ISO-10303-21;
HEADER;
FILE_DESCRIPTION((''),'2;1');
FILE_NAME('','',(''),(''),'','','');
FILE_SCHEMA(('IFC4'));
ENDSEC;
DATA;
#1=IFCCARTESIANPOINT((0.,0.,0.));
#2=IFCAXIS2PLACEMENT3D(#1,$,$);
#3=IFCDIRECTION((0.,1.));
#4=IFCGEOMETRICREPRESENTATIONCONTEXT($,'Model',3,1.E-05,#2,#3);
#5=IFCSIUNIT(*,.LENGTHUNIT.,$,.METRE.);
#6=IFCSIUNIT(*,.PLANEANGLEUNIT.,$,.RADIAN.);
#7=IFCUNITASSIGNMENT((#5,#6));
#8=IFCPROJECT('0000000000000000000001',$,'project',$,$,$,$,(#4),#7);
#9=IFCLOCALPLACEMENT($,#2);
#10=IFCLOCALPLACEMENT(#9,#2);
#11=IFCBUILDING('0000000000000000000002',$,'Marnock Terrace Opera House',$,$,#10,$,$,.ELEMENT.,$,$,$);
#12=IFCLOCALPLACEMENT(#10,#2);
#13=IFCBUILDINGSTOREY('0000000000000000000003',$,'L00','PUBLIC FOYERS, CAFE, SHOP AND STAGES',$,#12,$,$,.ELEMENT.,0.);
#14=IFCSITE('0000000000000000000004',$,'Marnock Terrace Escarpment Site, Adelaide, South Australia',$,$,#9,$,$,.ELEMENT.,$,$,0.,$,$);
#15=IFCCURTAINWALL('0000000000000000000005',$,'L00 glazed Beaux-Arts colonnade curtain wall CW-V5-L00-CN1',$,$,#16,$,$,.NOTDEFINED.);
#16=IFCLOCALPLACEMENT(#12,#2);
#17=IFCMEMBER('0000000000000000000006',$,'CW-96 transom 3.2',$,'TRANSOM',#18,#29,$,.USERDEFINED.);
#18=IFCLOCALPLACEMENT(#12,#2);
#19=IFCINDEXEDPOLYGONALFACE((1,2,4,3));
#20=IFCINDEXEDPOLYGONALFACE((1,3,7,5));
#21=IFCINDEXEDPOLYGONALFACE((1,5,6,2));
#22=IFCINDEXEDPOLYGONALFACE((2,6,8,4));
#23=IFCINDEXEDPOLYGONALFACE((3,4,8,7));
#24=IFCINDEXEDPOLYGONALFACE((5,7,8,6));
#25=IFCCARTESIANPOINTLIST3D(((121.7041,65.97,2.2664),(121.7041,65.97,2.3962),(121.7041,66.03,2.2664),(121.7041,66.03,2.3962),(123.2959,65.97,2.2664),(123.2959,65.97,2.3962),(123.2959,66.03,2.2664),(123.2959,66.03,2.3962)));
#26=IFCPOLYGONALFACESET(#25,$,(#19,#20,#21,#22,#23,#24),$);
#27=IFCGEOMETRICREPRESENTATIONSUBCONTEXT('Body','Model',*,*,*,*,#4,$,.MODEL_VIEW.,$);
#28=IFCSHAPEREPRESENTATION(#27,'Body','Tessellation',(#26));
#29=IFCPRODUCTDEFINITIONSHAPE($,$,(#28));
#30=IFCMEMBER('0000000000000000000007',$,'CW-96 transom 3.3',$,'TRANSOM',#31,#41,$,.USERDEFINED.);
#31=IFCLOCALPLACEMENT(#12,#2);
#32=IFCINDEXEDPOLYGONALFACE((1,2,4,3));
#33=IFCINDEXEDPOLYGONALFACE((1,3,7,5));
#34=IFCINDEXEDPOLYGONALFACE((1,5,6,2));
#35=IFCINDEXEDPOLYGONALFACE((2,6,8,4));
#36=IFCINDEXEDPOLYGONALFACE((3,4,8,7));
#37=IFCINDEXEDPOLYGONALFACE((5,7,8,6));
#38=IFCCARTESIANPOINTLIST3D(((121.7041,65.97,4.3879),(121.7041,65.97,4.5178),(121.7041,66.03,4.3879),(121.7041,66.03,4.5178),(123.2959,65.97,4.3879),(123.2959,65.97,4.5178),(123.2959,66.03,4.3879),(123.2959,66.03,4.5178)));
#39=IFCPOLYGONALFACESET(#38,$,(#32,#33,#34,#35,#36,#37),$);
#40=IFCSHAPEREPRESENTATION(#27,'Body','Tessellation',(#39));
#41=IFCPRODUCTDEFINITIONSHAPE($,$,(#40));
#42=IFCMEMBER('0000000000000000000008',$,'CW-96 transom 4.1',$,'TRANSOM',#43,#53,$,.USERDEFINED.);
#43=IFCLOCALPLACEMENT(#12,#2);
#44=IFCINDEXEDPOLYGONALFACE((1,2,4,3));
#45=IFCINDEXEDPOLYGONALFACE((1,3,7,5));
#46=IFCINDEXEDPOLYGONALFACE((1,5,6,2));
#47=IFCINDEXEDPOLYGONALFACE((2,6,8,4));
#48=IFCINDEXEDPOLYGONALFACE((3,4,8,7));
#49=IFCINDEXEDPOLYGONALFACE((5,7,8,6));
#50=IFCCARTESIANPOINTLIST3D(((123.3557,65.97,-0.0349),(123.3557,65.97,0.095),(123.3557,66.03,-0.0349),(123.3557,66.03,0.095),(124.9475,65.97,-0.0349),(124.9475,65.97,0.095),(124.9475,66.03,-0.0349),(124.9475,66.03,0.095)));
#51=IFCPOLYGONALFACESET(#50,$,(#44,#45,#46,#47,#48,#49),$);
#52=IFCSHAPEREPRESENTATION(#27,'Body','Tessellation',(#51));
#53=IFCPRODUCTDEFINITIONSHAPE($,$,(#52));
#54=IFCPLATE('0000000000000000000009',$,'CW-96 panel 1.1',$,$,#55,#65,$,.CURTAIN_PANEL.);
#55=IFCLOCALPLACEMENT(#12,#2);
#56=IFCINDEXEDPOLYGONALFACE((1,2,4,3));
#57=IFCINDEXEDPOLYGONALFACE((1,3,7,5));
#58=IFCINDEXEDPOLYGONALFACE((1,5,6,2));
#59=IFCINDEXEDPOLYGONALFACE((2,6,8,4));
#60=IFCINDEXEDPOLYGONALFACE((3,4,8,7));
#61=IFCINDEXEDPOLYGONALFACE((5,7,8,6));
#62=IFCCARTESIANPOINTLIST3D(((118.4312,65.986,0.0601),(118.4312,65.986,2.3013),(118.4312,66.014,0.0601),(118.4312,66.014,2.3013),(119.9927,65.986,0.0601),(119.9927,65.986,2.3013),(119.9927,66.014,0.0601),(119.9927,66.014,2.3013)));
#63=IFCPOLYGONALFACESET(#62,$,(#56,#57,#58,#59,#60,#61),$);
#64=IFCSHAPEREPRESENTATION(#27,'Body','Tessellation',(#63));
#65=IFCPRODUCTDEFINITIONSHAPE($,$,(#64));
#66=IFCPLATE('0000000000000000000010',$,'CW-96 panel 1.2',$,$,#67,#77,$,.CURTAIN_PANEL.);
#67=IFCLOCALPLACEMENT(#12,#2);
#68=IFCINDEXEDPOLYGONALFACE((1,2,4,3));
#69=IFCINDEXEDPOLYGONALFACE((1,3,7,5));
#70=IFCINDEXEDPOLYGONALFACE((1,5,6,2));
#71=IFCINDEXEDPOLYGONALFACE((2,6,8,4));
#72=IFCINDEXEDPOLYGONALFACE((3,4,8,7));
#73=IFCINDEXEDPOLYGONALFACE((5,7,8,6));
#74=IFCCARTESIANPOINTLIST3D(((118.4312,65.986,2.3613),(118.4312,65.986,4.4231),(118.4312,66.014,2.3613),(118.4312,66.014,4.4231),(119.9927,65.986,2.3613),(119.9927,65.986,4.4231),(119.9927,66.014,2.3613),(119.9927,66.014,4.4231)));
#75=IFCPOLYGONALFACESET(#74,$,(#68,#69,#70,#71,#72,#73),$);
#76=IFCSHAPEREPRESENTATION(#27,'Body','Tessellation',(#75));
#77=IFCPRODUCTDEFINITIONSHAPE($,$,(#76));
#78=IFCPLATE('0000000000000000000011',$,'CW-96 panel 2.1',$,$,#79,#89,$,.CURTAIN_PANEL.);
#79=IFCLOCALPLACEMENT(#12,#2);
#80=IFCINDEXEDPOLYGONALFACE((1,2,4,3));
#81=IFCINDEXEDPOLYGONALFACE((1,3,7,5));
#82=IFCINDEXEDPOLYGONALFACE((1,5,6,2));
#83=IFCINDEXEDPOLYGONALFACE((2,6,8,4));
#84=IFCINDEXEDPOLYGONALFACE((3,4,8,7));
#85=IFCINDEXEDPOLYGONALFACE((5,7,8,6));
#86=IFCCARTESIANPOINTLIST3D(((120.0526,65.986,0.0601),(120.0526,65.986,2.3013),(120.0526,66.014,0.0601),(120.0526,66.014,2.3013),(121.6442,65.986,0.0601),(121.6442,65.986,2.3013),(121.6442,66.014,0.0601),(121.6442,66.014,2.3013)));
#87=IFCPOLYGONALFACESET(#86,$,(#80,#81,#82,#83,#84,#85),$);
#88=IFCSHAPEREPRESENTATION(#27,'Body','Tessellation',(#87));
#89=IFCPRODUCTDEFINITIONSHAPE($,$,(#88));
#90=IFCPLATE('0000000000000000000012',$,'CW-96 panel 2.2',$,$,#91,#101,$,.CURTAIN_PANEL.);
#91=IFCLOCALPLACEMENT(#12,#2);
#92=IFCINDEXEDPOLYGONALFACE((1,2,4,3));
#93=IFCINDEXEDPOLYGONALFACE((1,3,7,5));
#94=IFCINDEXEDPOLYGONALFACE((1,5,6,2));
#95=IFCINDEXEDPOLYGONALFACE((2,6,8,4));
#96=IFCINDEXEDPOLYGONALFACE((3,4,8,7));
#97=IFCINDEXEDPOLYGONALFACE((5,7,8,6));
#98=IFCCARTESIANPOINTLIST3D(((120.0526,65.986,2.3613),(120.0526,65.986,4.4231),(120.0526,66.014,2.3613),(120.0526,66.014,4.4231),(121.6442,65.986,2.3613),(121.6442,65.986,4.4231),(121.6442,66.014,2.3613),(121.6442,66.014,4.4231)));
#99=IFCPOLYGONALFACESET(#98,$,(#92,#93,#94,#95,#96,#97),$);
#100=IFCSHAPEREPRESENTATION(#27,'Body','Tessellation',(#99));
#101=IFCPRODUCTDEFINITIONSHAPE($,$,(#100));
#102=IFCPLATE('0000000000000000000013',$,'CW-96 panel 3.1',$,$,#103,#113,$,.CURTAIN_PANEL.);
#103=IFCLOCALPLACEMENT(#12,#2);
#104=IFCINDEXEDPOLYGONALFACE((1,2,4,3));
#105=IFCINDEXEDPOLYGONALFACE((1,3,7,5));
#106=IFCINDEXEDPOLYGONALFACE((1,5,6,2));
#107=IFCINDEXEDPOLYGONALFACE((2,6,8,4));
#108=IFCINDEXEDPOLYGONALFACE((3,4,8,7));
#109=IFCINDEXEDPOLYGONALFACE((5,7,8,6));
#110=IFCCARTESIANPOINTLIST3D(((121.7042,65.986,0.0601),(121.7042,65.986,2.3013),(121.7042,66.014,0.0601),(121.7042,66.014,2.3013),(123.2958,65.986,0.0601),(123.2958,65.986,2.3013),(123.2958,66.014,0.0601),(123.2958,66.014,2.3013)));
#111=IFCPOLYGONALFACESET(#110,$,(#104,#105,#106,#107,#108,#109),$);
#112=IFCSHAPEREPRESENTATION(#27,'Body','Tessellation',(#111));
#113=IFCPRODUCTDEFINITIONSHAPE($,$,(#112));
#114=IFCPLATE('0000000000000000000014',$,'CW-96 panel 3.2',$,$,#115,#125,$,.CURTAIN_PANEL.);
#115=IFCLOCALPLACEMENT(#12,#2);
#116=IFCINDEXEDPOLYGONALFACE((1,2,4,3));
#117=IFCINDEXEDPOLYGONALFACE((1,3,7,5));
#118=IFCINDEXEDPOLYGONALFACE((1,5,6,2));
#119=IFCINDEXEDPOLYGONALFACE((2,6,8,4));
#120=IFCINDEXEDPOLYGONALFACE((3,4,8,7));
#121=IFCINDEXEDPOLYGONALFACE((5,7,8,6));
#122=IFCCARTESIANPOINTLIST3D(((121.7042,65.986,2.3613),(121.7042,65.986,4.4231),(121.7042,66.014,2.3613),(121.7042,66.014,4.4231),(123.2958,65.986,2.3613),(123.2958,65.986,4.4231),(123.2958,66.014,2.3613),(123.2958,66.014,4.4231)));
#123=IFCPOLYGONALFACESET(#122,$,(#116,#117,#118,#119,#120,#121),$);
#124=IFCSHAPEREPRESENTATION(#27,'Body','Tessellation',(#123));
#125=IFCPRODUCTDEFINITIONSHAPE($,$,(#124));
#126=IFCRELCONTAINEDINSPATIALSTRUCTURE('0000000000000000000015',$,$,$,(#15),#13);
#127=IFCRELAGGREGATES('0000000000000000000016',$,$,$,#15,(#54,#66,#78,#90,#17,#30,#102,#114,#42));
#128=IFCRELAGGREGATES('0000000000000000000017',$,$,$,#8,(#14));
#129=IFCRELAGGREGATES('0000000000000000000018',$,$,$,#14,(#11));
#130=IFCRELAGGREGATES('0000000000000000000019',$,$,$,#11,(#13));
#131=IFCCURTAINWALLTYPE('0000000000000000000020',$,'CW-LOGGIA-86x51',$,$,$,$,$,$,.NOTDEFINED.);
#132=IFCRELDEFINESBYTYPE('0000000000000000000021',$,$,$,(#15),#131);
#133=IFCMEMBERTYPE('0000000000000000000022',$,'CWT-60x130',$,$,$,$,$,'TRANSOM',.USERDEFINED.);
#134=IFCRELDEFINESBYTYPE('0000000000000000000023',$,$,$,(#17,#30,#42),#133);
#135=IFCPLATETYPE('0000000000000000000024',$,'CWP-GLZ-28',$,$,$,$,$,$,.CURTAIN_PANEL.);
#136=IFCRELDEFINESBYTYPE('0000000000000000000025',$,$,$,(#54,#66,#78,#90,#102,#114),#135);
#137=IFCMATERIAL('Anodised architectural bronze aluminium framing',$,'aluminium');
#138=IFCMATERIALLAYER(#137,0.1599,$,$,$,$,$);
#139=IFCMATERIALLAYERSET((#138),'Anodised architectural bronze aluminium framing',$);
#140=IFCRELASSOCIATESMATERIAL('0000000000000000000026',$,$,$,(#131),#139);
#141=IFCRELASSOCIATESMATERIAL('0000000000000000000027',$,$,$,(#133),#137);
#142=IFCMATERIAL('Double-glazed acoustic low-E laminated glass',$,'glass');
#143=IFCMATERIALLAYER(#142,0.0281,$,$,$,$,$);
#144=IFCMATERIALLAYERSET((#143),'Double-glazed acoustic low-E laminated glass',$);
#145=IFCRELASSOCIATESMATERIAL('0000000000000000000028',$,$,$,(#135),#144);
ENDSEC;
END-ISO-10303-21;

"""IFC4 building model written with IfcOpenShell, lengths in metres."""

from ifc_helpers import new_model, si_unit, direction, frame, origin, origin_2d, place, context, subcontext, project, spatial, rectangle, extrude, material, layer, layer_set, material_profile, profile_set, type_object, element, aggregate, save


model = new_model("IFC4")

# Units and contexts
model_context = context("Model", 3, precision=1e-05, world=origin(), true_north=direction((0.0, 1.0)))
body_context = subcontext(model_context, "Body", "Model", "MODEL_VIEW")
ifc_project = project(units=[si_unit("LENGTHUNIT", "METRE"), si_unit("PLANEANGLEUNIT", "RADIAN")], contexts=[model_context])

# Site, building, storey
site_placement = place(None, origin())
site = spatial("IfcSite", under=ifc_project, at=site_placement, Name="Marnock Terrace Escarpment Site, Adelaide, South Australia", CompositionType="ELEMENT", RefElevation=0.0)
building_placement = place(site_placement, origin())
building = spatial("IfcBuilding", under=site, at=building_placement, Name="Marnock Terrace Opera House", CompositionType="ELEMENT")
storey_placement = place(building_placement, origin())
storey = spatial("IfcBuildingStorey", under=building, at=storey_placement, Name="L00", Description="PUBLIC FOYERS, CAFE, SHOP AND STAGES", CompositionType="ELEMENT", Elevation=0.0)

# Curtain wall, members, plates
ifc_material_1 = material(Name="Anodised architectural bronze aluminium framing", Category="aluminium")
ifc_layer_1 = layer(ifc_material_1, 0.1599)
ifc_layer_set_1 = layer_set([ifc_layer_1], Name="Anodised architectural bronze aluminium framing")
curtain_wall_type = type_object("IfcCurtainWallType", Name="CW-LOGGIA-86x51", PredefinedType="NOTDEFINED", material=ifc_layer_set_1)
curtain_wall_placement = place(storey_placement, origin())
curtain_wall = element("IfcCurtainWall", 1, at=curtain_wall_placement, inside=storey, type_object=curtain_wall_type, Name="L00 glazed Beaux-Arts colonnade curtain wall CW-V5-L00-CN1", PredefinedType="NOTDEFINED")
ifc_material_profile_1 = material_profile(ifc_material_1, rectangle(XDim=0.0601, YDim=0.1299, at=origin_2d()))
ifc_profile_set_1 = profile_set([ifc_material_profile_1], Name="Anodised architectural bronze aluminium framing")
member_type_1 = type_object("IfcMemberType", Name="CWT-60x130", ElementType="TRANSOM", PredefinedType="USERDEFINED", material=ifc_profile_set_1)
member_1_placement = place(storey_placement, frame((121.7041, 66.0, 2.3313), z_axis=(1.0, 0.0, 0.0), x_axis=(0.0, 1.0, 0.0)))
member_1 = element("IfcMember", 2, at=member_1_placement, type_object=member_type_1, Name="CW-96 transom 3.2", ObjectType="TRANSOM", PredefinedType="USERDEFINED", context=body_context, shape_type="SweptSolid", body=[
    extrude(rectangle(XDim=0.0601, YDim=0.1299, at=origin_2d()), origin(), (0.0, 0.0, 1.0), 1.5918),
])
member_2_placement = place(storey_placement, frame((121.7041, 66.0, 4.4529), z_axis=(1.0, 0.0, 0.0), x_axis=(0.0, 1.0, 0.0)))
member_2 = element("IfcMember", 3, at=member_2_placement, type_object=member_type_1, Name="CW-96 transom 3.3", ObjectType="TRANSOM", PredefinedType="USERDEFINED", context=body_context, shape_type="SweptSolid", body=[
    extrude(rectangle(XDim=0.0601, YDim=0.1299, at=origin_2d()), origin(), (0.0, 0.0, 1.0), 1.5918),
])
member_3_placement = place(storey_placement, frame((123.3557, 66.0, 0.03), z_axis=(1.0, 0.0, 0.0), x_axis=(0.0, 1.0, 0.0)))
member_3 = element("IfcMember", 4, at=member_3_placement, type_object=member_type_1, Name="CW-96 transom 4.1", ObjectType="TRANSOM", PredefinedType="USERDEFINED", context=body_context, shape_type="SweptSolid", body=[
    extrude(rectangle(XDim=0.0601, YDim=0.1299, at=origin_2d()), origin(), (0.0, 0.0, 1.0), 1.5918),
])
ifc_material_2 = material(Name="Double-glazed acoustic low-E laminated glass", Category="glass")
ifc_layer_2 = layer(ifc_material_2, 0.0281)
ifc_layer_set_2 = layer_set([ifc_layer_2], Name="Double-glazed acoustic low-E laminated glass")
plate_type = type_object("IfcPlateType", Name="CWP-GLZ-28", PredefinedType="CURTAIN_PANEL", material=ifc_layer_set_2)
plate_1_placement = place(storey_placement, frame((119.2119, 66.0, 0.0601), z_axis=(0.0, 0.0, 1.0), x_axis=(1.0, 0.0, 0.0)))
plate_1 = element("IfcPlate", 5, at=plate_1_placement, type_object=plate_type, Name="CW-96 panel 1.1", PredefinedType="CURTAIN_PANEL", context=body_context, shape_type="SweptSolid", body=[
    extrude(rectangle(XDim=1.5615, YDim=0.0281, at=origin_2d()), origin(), (0.0, 0.0, 1.0), 2.2412),
])
plate_2_placement = place(storey_placement, frame((119.2119, 66.0, 2.3613), z_axis=(0.0, 0.0, 1.0), x_axis=(1.0, 0.0, 0.0)))
plate_2 = element("IfcPlate", 6, at=plate_2_placement, type_object=plate_type, Name="CW-96 panel 1.2", PredefinedType="CURTAIN_PANEL", context=body_context, shape_type="SweptSolid", body=[
    extrude(rectangle(XDim=1.5615, YDim=0.0281, at=origin_2d()), origin(), (0.0, 0.0, 1.0), 2.0618),
])
plate_3_placement = place(storey_placement, frame((120.8484, 66.0, 0.0601), z_axis=(0.0, 0.0, 1.0), x_axis=(1.0, 0.0, 0.0)))
plate_3 = element("IfcPlate", 7, at=plate_3_placement, type_object=plate_type, Name="CW-96 panel 2.1", PredefinedType="CURTAIN_PANEL", context=body_context, shape_type="SweptSolid", body=[
    extrude(rectangle(XDim=1.5916, YDim=0.0281, at=origin_2d()), origin(), (0.0, 0.0, 1.0), 2.2412),
])
plate_4_placement = place(storey_placement, frame((120.8484, 66.0, 2.3613), z_axis=(0.0, 0.0, 1.0), x_axis=(1.0, 0.0, 0.0)))
plate_4 = element("IfcPlate", 8, at=plate_4_placement, type_object=plate_type, Name="CW-96 panel 2.2", PredefinedType="CURTAIN_PANEL", context=body_context, shape_type="SweptSolid", body=[
    extrude(rectangle(XDim=1.5916, YDim=0.0281, at=origin_2d()), origin(), (0.0, 0.0, 1.0), 2.0618),
])
plate_5_placement = place(storey_placement, frame((122.5, 66.0, 0.0601), z_axis=(0.0, 0.0, 1.0), x_axis=(1.0, 0.0, 0.0)))
plate_5 = element("IfcPlate", 9, at=plate_5_placement, type_object=plate_type, Name="CW-96 panel 3.1", PredefinedType="CURTAIN_PANEL", context=body_context, shape_type="SweptSolid", body=[
    extrude(rectangle(XDim=1.5916, YDim=0.0281, at=origin_2d()), origin(), (0.0, 0.0, 1.0), 2.2412),
])
plate_6_placement = place(storey_placement, frame((122.5, 66.0, 2.3613), z_axis=(0.0, 0.0, 1.0), x_axis=(1.0, 0.0, 0.0)))
plate_6 = element("IfcPlate", 10, at=plate_6_placement, type_object=plate_type, Name="CW-96 panel 3.2", PredefinedType="CURTAIN_PANEL", context=body_context, shape_type="SweptSolid", body=[
    extrude(rectangle(XDim=1.5916, YDim=0.0281, at=origin_2d()), origin(), (0.0, 0.0, 1.0), 2.0618),
])
aggregate(curtain_wall, [plate_1, plate_2, plate_3, plate_4, member_1, member_2, plate_5, plate_6, member_3])

save(model, "model.ifc")
